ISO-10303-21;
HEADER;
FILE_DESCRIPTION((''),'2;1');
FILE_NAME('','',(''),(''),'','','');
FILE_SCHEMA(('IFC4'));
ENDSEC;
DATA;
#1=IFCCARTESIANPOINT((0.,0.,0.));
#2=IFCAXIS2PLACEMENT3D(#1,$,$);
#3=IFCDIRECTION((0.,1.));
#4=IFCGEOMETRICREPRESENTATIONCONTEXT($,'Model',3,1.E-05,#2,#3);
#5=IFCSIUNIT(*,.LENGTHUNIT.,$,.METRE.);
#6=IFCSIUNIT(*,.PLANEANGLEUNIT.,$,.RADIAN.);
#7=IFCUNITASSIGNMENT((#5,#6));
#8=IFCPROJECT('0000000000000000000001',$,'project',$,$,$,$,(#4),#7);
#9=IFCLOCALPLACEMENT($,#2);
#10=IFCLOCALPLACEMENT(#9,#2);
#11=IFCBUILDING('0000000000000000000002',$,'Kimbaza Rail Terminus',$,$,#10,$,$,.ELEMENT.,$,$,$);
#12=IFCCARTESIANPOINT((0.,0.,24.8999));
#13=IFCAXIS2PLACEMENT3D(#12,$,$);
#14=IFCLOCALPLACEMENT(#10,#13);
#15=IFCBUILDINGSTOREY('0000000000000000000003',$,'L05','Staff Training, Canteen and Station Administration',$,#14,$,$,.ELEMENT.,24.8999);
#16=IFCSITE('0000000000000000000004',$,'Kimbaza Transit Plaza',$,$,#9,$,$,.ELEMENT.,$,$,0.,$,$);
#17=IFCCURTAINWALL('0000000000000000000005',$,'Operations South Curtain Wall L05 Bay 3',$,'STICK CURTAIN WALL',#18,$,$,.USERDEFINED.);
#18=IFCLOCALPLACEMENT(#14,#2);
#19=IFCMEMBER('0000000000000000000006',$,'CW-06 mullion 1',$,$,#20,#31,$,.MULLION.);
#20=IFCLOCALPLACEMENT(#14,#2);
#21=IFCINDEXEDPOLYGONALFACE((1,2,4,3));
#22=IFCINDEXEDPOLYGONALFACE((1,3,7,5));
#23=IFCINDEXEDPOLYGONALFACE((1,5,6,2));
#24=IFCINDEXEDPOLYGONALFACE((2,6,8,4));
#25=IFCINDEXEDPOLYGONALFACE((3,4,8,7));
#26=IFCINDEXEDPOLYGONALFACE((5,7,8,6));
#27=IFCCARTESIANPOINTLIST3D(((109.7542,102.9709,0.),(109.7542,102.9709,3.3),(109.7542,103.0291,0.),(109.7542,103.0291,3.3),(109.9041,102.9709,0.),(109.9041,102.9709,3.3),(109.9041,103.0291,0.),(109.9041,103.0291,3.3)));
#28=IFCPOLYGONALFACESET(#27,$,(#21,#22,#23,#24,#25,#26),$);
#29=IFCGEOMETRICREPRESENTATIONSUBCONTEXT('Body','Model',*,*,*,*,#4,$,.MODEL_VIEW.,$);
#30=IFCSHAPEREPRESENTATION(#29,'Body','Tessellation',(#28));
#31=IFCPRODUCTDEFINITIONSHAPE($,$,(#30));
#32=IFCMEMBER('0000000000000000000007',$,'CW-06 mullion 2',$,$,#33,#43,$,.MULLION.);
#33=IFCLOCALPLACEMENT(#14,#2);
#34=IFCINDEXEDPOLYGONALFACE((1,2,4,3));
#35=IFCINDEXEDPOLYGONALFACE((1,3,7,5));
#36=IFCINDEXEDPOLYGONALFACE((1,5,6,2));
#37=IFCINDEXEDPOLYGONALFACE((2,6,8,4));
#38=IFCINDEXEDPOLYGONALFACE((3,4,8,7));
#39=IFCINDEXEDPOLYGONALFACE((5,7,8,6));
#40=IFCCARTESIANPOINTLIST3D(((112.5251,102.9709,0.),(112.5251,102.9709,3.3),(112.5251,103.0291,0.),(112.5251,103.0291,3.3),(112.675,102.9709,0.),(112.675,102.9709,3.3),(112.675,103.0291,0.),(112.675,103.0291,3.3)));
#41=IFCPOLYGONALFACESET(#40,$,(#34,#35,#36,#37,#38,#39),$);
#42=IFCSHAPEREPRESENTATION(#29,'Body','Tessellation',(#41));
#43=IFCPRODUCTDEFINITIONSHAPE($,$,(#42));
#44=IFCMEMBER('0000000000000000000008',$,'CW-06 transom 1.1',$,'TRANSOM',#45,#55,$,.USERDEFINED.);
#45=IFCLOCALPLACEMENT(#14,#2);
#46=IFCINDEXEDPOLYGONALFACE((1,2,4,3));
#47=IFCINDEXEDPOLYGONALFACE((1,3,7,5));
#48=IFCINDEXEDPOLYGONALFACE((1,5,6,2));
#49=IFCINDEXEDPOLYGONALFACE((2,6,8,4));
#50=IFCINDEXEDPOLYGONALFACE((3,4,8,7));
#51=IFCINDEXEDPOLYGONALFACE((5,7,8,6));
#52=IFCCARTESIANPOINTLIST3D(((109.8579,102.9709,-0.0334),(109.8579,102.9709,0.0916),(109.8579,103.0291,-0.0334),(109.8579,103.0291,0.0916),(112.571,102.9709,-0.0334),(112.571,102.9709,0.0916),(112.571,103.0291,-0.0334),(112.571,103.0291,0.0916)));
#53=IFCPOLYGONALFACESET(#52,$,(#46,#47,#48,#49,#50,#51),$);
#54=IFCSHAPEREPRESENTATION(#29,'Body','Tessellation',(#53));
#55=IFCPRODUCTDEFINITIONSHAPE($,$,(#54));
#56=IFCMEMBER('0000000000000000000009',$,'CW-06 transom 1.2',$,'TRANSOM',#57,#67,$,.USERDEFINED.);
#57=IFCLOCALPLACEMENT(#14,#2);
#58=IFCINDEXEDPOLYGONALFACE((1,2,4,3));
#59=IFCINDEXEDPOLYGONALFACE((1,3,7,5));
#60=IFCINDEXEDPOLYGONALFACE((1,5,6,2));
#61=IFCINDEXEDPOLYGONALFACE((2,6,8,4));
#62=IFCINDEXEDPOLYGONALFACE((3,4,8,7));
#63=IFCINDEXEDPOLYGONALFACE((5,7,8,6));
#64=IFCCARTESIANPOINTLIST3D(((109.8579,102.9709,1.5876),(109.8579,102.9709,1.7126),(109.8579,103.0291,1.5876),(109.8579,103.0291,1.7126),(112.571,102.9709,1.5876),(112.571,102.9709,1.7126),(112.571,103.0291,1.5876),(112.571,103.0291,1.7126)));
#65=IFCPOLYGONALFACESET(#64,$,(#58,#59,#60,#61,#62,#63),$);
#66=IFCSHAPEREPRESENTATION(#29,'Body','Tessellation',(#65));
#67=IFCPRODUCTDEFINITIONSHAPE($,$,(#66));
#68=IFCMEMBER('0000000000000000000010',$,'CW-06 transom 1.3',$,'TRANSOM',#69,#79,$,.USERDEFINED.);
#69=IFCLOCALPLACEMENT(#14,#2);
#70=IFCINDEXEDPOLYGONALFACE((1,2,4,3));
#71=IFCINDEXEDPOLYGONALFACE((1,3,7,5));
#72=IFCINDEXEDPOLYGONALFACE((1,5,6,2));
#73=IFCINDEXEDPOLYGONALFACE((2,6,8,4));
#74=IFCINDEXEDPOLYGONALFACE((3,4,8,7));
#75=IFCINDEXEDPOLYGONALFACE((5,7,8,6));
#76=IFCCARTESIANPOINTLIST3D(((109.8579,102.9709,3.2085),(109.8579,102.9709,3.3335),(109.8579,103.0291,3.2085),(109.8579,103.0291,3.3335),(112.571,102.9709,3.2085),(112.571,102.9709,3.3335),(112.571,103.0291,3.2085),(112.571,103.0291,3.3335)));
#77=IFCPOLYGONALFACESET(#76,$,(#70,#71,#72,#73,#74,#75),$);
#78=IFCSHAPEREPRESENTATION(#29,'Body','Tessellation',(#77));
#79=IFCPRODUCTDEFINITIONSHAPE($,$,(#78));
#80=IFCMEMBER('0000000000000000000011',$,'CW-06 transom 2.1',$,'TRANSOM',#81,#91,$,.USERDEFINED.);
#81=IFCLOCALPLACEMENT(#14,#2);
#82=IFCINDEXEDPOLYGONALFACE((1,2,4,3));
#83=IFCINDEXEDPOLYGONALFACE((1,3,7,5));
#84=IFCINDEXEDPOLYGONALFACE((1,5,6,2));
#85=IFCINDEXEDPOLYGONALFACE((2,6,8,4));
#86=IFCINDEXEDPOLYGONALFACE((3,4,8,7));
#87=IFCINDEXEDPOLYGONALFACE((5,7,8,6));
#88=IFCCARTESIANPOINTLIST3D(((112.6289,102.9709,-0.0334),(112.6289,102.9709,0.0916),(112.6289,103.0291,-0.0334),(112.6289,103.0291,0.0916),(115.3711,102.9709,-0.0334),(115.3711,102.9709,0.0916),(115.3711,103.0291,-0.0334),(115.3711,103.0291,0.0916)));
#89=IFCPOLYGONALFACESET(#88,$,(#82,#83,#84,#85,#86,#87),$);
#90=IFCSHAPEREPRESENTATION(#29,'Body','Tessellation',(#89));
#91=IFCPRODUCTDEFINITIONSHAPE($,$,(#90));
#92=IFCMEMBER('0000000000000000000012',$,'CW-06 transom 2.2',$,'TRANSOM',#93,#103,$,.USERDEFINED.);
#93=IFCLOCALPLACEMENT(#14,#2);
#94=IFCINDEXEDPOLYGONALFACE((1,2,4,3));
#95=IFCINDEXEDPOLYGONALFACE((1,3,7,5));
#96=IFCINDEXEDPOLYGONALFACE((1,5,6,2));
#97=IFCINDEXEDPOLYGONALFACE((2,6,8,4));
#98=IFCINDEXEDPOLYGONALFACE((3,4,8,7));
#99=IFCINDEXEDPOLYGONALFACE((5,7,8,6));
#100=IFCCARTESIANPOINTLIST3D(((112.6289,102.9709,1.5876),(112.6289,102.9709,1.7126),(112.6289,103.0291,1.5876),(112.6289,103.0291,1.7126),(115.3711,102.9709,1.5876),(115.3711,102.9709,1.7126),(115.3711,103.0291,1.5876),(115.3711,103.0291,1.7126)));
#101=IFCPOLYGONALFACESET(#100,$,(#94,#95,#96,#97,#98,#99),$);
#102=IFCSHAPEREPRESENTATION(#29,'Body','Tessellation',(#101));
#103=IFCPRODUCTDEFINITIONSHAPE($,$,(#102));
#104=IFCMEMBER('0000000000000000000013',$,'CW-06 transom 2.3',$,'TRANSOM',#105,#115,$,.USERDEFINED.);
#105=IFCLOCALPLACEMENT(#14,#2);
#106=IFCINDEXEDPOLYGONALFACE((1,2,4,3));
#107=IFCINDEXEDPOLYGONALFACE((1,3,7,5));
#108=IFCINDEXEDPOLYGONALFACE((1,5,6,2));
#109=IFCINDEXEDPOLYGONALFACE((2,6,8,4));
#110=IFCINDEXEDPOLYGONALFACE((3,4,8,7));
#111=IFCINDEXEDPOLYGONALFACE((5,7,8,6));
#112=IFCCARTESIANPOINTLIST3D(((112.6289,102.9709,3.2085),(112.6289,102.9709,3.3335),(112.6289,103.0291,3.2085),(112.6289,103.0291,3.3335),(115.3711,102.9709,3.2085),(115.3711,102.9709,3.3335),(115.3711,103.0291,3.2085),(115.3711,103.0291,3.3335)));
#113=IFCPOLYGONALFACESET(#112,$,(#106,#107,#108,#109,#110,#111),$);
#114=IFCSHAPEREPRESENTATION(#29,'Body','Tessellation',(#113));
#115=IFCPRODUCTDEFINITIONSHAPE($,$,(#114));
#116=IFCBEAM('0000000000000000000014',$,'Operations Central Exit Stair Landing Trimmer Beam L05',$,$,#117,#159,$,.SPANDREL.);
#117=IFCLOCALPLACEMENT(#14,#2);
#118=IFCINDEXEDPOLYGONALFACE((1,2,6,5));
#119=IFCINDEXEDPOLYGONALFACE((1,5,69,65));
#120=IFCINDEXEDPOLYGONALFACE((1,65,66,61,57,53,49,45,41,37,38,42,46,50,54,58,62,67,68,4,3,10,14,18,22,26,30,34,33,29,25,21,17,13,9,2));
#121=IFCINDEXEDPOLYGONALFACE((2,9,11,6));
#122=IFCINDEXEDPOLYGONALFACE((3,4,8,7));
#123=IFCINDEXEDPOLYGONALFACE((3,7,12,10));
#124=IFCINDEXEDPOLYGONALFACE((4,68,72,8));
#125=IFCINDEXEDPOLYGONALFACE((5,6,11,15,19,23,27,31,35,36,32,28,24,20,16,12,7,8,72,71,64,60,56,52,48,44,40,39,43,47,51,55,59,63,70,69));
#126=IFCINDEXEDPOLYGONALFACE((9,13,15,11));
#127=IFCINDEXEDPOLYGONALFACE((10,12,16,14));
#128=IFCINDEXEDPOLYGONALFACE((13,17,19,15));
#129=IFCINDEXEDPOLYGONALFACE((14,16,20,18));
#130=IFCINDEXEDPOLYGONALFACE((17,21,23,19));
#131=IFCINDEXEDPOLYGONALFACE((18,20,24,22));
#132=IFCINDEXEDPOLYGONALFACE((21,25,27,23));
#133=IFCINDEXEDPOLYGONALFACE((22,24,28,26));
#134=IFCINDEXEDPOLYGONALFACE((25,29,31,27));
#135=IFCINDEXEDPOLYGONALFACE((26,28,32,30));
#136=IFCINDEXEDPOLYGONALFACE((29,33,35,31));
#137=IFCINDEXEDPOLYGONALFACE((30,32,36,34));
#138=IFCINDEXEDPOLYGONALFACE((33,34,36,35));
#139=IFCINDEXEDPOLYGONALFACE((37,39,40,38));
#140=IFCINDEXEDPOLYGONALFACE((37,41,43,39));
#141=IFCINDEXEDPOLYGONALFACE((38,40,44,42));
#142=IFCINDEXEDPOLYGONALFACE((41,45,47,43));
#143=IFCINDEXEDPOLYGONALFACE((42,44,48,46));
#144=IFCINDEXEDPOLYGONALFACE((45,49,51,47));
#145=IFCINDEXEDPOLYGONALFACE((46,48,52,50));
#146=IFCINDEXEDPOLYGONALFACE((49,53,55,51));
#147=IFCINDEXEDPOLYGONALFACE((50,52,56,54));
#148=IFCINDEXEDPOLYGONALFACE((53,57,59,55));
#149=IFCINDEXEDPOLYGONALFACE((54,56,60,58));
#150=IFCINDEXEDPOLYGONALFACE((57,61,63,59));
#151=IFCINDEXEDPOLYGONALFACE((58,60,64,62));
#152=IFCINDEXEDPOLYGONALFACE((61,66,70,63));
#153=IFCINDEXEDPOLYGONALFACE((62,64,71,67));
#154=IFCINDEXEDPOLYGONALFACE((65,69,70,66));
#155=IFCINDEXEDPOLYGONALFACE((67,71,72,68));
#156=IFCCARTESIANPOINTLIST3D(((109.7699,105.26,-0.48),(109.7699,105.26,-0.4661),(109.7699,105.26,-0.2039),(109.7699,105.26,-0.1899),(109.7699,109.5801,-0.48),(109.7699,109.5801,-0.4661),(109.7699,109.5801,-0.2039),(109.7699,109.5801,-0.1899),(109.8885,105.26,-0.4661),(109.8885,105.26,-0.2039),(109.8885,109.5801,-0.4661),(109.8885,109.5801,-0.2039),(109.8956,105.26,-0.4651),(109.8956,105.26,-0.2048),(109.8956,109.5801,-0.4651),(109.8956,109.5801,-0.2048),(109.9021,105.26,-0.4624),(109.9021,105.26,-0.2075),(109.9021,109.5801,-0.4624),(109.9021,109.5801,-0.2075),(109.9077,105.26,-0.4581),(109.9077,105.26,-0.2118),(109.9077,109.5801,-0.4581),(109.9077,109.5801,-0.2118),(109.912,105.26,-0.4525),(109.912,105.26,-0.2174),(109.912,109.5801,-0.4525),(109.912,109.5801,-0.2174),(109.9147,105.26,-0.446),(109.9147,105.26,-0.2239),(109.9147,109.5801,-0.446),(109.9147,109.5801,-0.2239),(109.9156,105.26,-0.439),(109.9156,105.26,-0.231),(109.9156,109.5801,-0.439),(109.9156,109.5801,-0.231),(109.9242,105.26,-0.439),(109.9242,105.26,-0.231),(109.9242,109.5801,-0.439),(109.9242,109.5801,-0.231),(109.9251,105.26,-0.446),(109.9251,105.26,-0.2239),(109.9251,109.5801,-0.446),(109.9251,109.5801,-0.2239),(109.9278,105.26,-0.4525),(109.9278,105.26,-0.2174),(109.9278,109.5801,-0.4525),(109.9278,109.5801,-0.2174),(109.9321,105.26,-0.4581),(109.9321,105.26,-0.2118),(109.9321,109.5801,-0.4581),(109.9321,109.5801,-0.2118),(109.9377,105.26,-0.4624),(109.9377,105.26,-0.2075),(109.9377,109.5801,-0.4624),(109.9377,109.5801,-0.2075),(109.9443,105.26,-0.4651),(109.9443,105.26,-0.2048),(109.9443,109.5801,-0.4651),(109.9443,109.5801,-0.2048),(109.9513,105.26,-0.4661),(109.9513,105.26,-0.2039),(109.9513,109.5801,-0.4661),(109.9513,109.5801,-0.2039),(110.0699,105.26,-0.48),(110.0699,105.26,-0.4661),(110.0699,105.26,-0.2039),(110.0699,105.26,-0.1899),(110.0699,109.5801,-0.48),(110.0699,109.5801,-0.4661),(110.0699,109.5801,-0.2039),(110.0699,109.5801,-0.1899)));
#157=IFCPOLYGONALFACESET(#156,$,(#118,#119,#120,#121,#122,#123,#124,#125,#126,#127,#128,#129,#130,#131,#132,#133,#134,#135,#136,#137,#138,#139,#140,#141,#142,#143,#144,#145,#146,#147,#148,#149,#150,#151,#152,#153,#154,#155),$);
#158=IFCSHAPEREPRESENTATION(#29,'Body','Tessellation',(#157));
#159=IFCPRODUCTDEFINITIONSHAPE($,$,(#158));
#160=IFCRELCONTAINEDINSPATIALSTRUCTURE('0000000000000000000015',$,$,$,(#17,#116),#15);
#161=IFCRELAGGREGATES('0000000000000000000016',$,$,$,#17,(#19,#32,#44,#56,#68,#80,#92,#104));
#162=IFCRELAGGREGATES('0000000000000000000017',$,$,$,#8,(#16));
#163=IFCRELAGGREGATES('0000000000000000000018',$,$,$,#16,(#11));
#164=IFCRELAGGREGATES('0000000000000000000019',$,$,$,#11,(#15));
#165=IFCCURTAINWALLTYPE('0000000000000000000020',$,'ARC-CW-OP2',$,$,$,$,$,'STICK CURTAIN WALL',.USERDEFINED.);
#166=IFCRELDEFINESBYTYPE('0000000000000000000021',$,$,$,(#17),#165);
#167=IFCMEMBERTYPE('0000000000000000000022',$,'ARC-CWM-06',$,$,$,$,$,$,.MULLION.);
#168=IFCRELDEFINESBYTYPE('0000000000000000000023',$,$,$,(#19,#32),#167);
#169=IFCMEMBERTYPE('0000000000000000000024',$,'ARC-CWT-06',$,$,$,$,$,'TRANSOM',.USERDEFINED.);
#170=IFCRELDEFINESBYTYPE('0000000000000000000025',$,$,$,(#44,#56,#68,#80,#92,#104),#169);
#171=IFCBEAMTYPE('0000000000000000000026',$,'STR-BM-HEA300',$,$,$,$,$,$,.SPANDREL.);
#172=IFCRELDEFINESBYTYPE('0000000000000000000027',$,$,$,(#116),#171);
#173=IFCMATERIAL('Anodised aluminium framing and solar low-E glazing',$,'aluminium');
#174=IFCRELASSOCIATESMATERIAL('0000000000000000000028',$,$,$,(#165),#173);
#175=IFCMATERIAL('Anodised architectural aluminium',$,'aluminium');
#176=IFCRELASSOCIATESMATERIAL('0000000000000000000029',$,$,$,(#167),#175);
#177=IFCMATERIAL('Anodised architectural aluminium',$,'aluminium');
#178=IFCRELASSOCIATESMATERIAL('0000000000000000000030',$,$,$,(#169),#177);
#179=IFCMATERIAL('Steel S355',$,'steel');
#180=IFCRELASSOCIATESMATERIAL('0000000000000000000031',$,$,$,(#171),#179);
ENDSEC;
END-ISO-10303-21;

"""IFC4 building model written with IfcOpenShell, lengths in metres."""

from ifc_helpers import new_model, si_unit, direction, frame, origin, origin_2d, place, context, subcontext, project, spatial, rectangle, i_section, extrude, material, material_profile, profile_set, type_object, element, aggregate, save


model = new_model("IFC4")

# Units and contexts
model_context = context("Model", 3, precision=1e-05, world=origin(), true_north=direction((0.0, 1.0)))
body_context = subcontext(model_context, "Body", "Model", "MODEL_VIEW")
ifc_project = project(units=[si_unit("LENGTHUNIT", "METRE"), si_unit("PLANEANGLEUNIT", "RADIAN")], contexts=[model_context])

# Site, building, storey
site_placement = place(None, origin())
site = spatial("IfcSite", under=ifc_project, at=site_placement, Name="Kimbaza Transit Plaza", CompositionType="ELEMENT", RefElevation=0.0)
building_placement = place(site_placement, origin())
building = spatial("IfcBuilding", under=site, at=building_placement, Name="Kimbaza Rail Terminus", CompositionType="ELEMENT")
storey_placement = place(building_placement, frame((0.0, 0.0, 24.8999)))
storey = spatial("IfcBuildingStorey", under=building, at=storey_placement, Name="L05", Description="Staff Training, Canteen and Station Administration", CompositionType="ELEMENT", Elevation=24.8999)

# Curtain wall, members
ifc_material_1 = material(Name="Anodised aluminium framing and solar low-E glazing", Category="aluminium")
curtain_wall_type = type_object("IfcCurtainWallType", Name="ARC-CW-OP2", ElementType="STICK CURTAIN WALL", PredefinedType="USERDEFINED", material=ifc_material_1)
curtain_wall_placement = place(storey_placement, origin())
curtain_wall = element("IfcCurtainWall", 1, at=curtain_wall_placement, inside=storey, type_object=curtain_wall_type, Name="Operations South Curtain Wall L05 Bay 3", ObjectType="STICK CURTAIN WALL", PredefinedType="USERDEFINED")
ifc_material_2 = material(Name="Anodised architectural aluminium", Category="aluminium")
ifc_material_profile_1 = material_profile(ifc_material_2, rectangle(XDim=0.0581, YDim=0.1499, at=origin_2d()), Name="MULLION 58x150")
ifc_profile_set_1 = profile_set([ifc_material_profile_1], Name="Anodised architectural aluminium")
member_type_1 = type_object("IfcMemberType", Name="ARC-CWM-06", PredefinedType="MULLION", material=ifc_profile_set_1)
member_1_placement = place(storey_placement, frame((109.8291, 103.0, 0.0), z_axis=(0.0, 0.0, 1.0), x_axis=(0.0, 1.0, 0.0)))
member_1 = element("IfcMember", 2, at=member_1_placement, type_object=member_type_1, Name="CW-06 mullion 1", PredefinedType="MULLION", context=body_context, shape_type="SweptSolid", body=[
    extrude(rectangle(XDim=0.0581, YDim=0.1499, at=origin_2d()), origin(), (0.0, 0.0, 1.0), 3.3),
])
member_2_placement = place(storey_placement, frame((112.6001, 103.0, 0.0), z_axis=(0.0, 0.0, 1.0), x_axis=(0.0, 1.0, 0.0)))
member_2 = element("IfcMember", 3, at=member_2_placement, type_object=member_type_1, Name="CW-06 mullion 2", PredefinedType="MULLION", context=body_context, shape_type="SweptSolid", body=[
    extrude(rectangle(XDim=0.0581, YDim=0.1499, at=origin_2d()), origin(), (0.0, 0.0, 1.0), 3.3),
])
ifc_material_3 = material(Name="Anodised architectural aluminium", Category="aluminium")
ifc_material_profile_2 = material_profile(ifc_material_3, rectangle(XDim=0.0581, YDim=0.125, at=origin_2d()), Name="TRANSOM 58x125")
ifc_profile_set_2 = profile_set([ifc_material_profile_2], Name="Anodised architectural aluminium")
member_type_2 = type_object("IfcMemberType", Name="ARC-CWT-06", ElementType="TRANSOM", PredefinedType="USERDEFINED", material=ifc_profile_set_2)
member_3_placement = place(storey_placement, frame((109.8579, 103.0, 0.0291), z_axis=(1.0, 0.0, 0.0), x_axis=(0.0, 1.0, 0.0)))
member_3 = element("IfcMember", 4, at=member_3_placement, type_object=member_type_2, Name="CW-06 transom 1.1", ObjectType="TRANSOM", PredefinedType="USERDEFINED", context=body_context, shape_type="SweptSolid", body=[
    extrude(rectangle(XDim=0.0581, YDim=0.125, at=origin_2d()), origin(), (0.0, 0.0, 1.0), 2.7131),
])
member_4_placement = place(storey_placement, frame((109.8579, 103.0, 1.6501), z_axis=(1.0, 0.0, 0.0), x_axis=(0.0, 1.0, 0.0)))
member_4 = element("IfcMember", 5, at=member_4_placement, type_object=member_type_2, Name="CW-06 transom 1.2", ObjectType="TRANSOM", PredefinedType="USERDEFINED", context=body_context, shape_type="SweptSolid", body=[
    extrude(rectangle(XDim=0.0581, YDim=0.125, at=origin_2d()), origin(), (0.0, 0.0, 1.0), 2.7131),
])
member_5_placement = place(storey_placement, frame((109.8579, 103.0, 3.271), z_axis=(1.0, 0.0, 0.0), x_axis=(0.0, 1.0, 0.0)))
member_5 = element("IfcMember", 6, at=member_5_placement, type_object=member_type_2, Name="CW-06 transom 1.3", ObjectType="TRANSOM", PredefinedType="USERDEFINED", context=body_context, shape_type="SweptSolid", body=[
    extrude(rectangle(XDim=0.0581, YDim=0.125, at=origin_2d()), origin(), (0.0, 0.0, 1.0), 2.7131),
])
member_6_placement = place(storey_placement, frame((112.6289, 103.0, 0.0291), z_axis=(1.0, 0.0, 0.0), x_axis=(0.0, 1.0, 0.0)))
member_6 = element("IfcMember", 7, at=member_6_placement, type_object=member_type_2, Name="CW-06 transom 2.1", ObjectType="TRANSOM", PredefinedType="USERDEFINED", context=body_context, shape_type="SweptSolid", body=[
    extrude(rectangle(XDim=0.0581, YDim=0.125, at=origin_2d()), origin(), (0.0, 0.0, 1.0), 2.7422),
])
member_7_placement = place(storey_placement, frame((112.6289, 103.0, 1.6501), z_axis=(1.0, 0.0, 0.0), x_axis=(0.0, 1.0, 0.0)))
member_7 = element("IfcMember", 8, at=member_7_placement, type_object=member_type_2, Name="CW-06 transom 2.2", ObjectType="TRANSOM", PredefinedType="USERDEFINED", context=body_context, shape_type="SweptSolid", body=[
    extrude(rectangle(XDim=0.0581, YDim=0.125, at=origin_2d()), origin(), (0.0, 0.0, 1.0), 2.7422),
])
member_8_placement = place(storey_placement, frame((112.6289, 103.0, 3.271), z_axis=(1.0, 0.0, 0.0), x_axis=(0.0, 1.0, 0.0)))
member_8 = element("IfcMember", 9, at=member_8_placement, type_object=member_type_2, Name="CW-06 transom 2.3", ObjectType="TRANSOM", PredefinedType="USERDEFINED", context=body_context, shape_type="SweptSolid", body=[
    extrude(rectangle(XDim=0.0581, YDim=0.125, at=origin_2d()), origin(), (0.0, 0.0, 1.0), 2.7422),
])

# Beam
ifc_material_4 = material(Name="Steel S355", Category="steel")
ifc_material_profile_3 = material_profile(ifc_material_4, i_section(OverallWidth=0.3, OverallDepth=0.29, WebThickness=0.0085, FlangeThickness=0.0139, FilletRadius=0.0271, at=origin_2d()), Name="HEA 300")
ifc_profile_set_3 = profile_set([ifc_material_profile_3], Name="Steel S355")
beam_type_1 = type_object("IfcBeamType", Name="STR-BM-HEA300", PredefinedType="SPANDREL", material=ifc_profile_set_3)
beam_1_placement = place(storey_placement, frame((109.9199, 105.26, -0.335), z_axis=(0.0, 1.0, 0.0), x_axis=(-1.0, 0.0, 0.0)))
element("IfcBeam", 10, at=beam_1_placement, inside=storey, type_object=beam_type_1, Name="Operations Central Exit Stair Landing Trimmer Beam L05", PredefinedType="SPANDREL", context=body_context, shape_type="SweptSolid", body=[
    extrude(i_section(OverallWidth=0.3, OverallDepth=0.29, WebThickness=0.0085, FlangeThickness=0.0139, FilletRadius=0.0271, at=origin_2d()), origin(), (0.0, 0.0, 1.0), 4.3201),
])

aggregate(curtain_wall, [member_1, member_2, member_3, member_4, member_5, member_6, member_7, member_8])

save(model, "model.ifc")
